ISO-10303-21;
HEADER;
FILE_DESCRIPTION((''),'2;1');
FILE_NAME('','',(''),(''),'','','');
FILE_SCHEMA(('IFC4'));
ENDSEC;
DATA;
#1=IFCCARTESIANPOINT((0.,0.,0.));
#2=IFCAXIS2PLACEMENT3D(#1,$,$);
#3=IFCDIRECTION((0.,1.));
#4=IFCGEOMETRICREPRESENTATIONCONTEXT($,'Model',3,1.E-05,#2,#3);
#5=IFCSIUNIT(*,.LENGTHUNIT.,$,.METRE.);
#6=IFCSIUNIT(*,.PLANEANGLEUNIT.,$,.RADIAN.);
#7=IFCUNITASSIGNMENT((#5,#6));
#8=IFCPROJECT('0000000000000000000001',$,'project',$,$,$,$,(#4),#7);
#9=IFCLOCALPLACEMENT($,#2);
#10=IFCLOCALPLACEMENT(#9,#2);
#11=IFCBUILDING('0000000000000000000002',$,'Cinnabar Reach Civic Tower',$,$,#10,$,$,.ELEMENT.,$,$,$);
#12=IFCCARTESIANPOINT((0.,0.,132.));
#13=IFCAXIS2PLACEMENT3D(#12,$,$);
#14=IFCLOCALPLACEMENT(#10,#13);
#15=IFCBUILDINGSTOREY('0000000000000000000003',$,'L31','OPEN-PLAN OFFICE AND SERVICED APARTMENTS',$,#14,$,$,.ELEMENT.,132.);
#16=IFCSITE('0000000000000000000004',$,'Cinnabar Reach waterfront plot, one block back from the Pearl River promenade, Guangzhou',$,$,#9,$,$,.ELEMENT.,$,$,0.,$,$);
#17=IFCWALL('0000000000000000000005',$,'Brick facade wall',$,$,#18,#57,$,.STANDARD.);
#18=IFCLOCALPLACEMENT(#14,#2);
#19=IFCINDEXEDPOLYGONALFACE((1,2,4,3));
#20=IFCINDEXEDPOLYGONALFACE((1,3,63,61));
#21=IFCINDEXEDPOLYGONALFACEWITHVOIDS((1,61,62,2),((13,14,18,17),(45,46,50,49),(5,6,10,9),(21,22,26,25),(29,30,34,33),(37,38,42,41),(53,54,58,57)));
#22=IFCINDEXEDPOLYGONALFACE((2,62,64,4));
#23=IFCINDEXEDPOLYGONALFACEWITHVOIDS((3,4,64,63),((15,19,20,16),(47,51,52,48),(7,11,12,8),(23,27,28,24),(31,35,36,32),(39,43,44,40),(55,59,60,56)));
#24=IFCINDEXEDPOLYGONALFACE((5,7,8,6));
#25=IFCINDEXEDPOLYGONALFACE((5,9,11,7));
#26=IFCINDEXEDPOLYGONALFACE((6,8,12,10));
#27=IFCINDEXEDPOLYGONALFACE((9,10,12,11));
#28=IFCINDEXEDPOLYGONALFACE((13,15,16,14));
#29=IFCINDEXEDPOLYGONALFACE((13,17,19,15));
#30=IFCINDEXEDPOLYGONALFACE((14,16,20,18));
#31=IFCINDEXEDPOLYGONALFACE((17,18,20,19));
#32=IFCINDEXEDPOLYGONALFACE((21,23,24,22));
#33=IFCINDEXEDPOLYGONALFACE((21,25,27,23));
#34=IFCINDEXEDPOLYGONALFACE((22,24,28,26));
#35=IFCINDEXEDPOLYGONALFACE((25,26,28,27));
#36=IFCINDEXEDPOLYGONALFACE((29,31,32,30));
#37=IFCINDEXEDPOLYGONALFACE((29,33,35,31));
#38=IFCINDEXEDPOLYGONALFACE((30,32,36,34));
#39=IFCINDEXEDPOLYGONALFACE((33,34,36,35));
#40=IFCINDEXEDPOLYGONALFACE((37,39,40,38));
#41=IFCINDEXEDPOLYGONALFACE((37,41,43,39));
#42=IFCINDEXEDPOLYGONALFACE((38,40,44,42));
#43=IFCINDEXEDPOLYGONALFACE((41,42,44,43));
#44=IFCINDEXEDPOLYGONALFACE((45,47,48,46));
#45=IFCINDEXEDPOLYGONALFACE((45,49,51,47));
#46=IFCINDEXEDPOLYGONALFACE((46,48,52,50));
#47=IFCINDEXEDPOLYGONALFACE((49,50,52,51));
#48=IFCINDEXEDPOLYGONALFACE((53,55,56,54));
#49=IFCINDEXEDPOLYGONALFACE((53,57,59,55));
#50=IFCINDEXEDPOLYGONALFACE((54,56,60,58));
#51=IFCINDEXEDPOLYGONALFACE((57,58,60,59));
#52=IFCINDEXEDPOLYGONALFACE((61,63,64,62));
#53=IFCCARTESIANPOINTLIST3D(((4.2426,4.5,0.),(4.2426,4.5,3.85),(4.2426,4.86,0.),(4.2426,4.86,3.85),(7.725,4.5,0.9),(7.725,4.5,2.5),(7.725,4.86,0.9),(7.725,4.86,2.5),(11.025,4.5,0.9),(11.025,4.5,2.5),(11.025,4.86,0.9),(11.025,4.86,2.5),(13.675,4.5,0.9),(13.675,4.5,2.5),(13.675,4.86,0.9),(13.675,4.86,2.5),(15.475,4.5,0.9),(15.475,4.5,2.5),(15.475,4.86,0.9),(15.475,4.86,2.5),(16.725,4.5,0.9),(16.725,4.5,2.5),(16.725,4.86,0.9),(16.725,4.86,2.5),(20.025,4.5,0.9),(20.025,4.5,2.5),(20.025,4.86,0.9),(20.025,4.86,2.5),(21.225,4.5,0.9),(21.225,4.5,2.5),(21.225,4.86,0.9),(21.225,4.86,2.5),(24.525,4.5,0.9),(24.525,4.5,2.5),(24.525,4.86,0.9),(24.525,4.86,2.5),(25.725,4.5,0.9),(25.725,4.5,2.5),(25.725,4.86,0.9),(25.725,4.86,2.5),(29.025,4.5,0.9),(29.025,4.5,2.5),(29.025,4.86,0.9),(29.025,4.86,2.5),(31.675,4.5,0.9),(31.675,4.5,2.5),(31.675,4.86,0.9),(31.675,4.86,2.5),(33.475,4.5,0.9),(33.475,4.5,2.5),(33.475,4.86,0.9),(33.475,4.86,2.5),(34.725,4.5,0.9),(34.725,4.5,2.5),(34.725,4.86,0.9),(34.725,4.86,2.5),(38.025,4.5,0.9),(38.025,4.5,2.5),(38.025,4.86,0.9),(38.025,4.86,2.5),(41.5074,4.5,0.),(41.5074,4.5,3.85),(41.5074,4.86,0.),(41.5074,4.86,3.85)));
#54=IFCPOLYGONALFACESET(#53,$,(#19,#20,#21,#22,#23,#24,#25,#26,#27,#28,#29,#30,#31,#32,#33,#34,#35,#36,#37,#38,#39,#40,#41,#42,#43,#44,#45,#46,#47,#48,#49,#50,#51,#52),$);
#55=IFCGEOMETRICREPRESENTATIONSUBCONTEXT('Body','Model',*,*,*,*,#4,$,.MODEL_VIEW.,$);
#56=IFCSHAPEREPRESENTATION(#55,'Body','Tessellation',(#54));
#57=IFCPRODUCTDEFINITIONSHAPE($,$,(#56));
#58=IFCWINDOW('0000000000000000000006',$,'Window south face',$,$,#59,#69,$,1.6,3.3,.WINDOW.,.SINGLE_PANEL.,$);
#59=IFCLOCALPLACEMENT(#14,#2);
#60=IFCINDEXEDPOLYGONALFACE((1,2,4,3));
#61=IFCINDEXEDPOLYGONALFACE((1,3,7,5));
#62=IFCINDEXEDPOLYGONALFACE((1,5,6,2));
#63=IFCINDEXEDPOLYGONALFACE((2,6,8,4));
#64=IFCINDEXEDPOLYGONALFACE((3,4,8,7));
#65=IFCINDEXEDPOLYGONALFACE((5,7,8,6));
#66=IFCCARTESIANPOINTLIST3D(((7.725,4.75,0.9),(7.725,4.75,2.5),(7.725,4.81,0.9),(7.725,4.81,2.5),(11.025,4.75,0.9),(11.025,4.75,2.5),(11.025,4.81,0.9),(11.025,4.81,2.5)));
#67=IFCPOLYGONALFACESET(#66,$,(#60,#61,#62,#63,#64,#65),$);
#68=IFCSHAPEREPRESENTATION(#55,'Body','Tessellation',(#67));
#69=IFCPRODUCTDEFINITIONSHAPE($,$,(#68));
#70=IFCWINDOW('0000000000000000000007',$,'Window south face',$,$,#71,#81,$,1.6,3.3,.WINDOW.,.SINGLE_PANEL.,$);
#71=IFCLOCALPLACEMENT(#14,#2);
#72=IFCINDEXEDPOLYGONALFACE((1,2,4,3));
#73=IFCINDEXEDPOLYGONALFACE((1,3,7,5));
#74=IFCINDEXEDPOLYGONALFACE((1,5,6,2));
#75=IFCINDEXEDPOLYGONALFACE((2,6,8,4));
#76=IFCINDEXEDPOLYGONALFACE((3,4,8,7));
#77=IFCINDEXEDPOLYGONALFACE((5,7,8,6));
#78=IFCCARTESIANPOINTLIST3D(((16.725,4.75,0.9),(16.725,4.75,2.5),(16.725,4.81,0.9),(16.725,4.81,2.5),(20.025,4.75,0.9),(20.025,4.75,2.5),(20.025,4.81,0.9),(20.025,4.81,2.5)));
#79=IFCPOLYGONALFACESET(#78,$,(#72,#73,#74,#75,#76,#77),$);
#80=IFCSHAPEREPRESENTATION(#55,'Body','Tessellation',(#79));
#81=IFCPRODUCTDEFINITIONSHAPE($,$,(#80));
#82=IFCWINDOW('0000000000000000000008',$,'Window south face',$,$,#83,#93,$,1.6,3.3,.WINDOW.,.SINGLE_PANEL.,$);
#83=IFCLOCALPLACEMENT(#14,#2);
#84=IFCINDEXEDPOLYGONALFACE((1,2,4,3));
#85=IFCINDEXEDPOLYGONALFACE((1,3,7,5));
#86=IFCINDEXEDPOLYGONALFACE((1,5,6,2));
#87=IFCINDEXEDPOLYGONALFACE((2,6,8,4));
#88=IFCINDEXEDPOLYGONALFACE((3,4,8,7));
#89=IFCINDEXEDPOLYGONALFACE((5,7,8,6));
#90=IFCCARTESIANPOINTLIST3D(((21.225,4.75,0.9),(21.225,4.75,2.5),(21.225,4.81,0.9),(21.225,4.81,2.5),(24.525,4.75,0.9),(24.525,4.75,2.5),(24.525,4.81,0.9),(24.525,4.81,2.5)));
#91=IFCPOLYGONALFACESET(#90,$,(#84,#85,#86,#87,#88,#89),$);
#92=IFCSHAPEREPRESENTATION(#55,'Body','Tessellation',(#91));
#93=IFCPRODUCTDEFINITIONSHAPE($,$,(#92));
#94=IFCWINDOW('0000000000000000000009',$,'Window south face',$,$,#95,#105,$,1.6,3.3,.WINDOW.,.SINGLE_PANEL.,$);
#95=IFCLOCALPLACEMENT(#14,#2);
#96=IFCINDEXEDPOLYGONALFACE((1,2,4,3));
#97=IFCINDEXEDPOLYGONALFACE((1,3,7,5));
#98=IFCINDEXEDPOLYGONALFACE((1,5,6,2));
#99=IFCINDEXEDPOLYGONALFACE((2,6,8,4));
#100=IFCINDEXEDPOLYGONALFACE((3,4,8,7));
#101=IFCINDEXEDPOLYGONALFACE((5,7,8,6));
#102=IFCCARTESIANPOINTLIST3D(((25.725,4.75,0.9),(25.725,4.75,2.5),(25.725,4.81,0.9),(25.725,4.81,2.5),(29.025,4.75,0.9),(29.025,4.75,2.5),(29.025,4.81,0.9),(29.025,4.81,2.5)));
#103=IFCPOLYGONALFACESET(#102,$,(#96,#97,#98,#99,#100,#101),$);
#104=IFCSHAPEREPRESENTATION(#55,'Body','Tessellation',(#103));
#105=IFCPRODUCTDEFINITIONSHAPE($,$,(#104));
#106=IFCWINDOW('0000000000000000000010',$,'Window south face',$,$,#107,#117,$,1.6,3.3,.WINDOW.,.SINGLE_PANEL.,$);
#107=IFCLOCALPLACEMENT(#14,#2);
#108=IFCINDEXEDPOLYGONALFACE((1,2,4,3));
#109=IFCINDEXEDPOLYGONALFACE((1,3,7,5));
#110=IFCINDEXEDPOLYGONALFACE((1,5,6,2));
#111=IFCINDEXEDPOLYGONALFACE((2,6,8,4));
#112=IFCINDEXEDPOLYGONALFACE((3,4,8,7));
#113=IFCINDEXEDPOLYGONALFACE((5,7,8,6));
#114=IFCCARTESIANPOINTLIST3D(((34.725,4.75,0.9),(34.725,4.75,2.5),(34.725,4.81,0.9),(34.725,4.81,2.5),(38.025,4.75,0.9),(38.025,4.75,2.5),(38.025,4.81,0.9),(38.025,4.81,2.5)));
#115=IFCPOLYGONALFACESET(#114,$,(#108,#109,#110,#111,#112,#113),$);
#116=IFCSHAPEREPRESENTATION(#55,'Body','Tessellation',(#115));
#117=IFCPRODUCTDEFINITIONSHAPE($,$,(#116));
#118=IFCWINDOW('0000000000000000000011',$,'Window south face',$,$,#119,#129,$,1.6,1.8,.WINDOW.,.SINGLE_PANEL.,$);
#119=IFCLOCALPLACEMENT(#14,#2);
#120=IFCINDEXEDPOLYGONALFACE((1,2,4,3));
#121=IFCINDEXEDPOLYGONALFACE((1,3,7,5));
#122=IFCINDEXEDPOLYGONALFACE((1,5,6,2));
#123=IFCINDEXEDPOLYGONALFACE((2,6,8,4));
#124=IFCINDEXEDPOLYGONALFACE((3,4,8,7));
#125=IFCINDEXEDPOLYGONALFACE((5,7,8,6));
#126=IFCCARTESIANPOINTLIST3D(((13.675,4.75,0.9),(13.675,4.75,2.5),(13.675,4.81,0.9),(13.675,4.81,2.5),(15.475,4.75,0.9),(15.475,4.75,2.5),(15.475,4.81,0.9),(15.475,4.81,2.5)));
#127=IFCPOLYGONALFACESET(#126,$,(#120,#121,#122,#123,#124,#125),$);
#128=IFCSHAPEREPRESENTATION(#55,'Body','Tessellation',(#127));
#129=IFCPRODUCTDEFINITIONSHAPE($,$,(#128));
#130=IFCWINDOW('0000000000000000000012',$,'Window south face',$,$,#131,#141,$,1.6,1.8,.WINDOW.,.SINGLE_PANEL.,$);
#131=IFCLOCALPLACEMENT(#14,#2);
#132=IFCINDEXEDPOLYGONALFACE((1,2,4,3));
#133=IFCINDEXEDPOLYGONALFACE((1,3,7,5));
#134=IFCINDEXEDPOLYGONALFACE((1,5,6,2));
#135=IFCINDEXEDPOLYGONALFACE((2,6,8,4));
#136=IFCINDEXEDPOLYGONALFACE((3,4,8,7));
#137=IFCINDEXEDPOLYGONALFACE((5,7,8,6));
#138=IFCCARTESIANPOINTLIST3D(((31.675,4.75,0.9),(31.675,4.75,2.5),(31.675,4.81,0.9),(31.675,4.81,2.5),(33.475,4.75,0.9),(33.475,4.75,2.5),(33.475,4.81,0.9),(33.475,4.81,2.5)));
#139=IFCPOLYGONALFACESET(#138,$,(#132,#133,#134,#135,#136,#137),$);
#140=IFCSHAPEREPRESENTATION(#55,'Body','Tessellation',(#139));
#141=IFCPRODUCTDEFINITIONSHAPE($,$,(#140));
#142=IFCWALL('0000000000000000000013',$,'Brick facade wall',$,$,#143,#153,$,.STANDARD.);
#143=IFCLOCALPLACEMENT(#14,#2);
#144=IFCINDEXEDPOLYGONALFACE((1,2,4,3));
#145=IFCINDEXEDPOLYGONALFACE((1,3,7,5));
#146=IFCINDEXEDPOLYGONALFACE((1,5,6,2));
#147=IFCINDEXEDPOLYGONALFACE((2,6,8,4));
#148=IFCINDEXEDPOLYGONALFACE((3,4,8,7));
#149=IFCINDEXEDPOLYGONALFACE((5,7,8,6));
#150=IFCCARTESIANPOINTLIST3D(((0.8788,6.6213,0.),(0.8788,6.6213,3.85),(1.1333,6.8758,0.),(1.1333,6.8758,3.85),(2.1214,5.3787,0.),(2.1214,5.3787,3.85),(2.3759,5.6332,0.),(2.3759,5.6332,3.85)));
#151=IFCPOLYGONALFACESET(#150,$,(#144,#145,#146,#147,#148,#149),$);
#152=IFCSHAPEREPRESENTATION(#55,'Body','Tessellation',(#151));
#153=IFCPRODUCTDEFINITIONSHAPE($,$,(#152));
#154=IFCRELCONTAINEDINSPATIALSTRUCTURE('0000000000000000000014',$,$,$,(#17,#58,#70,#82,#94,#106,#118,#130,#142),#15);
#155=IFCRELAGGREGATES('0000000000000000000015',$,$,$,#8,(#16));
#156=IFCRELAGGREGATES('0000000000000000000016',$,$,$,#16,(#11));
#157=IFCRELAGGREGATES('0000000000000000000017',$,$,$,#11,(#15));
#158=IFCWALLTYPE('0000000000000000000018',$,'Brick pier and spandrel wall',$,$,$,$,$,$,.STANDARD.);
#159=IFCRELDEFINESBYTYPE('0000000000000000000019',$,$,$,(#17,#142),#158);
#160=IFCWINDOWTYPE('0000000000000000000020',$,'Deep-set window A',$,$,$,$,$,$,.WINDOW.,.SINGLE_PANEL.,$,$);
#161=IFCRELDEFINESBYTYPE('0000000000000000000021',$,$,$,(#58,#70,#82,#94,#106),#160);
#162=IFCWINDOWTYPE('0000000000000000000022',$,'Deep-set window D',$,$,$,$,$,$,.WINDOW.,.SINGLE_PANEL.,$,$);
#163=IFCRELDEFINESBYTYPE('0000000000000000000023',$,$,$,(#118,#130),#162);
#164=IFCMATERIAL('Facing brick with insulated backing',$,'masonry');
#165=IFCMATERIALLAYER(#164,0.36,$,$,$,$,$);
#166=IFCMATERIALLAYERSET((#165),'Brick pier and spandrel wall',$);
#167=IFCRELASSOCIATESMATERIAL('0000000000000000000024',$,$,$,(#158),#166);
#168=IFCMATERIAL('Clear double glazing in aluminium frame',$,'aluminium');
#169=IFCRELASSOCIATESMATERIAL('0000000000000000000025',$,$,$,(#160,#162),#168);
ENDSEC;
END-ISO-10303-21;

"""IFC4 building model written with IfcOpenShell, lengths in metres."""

from ifc_helpers import new_model, si_unit, direction, frame, frame_2d, origin, place, context, subcontext, project, spatial, rectangle, extrude, material, layer, layer_set, type_object, element, fill, save


model = new_model("IFC4")

# Units and contexts
model_context = context("Model", 3, precision=1e-05, world=origin(), true_north=direction((0.0, 1.0)))
body_context = subcontext(model_context, "Body", "Model", "MODEL_VIEW")
ifc_project = project(units=[si_unit("LENGTHUNIT", "METRE"), si_unit("PLANEANGLEUNIT", "RADIAN")], contexts=[model_context])

# Site, building, storey
site_placement = place(None, origin())
site = spatial("IfcSite", under=ifc_project, at=site_placement, Name="Cinnabar Reach waterfront plot, one block back from the Pearl River promenade, Guangzhou", CompositionType="ELEMENT", RefElevation=0.0)
building_placement = place(site_placement, origin())
building = spatial("IfcBuilding", under=site, at=building_placement, Name="Cinnabar Reach Civic Tower", CompositionType="ELEMENT")
storey_placement = place(building_placement, frame((0.0, 0.0, 132.0)))
storey = spatial("IfcBuildingStorey", under=building, at=storey_placement, Name="L31", Description="OPEN-PLAN OFFICE AND SERVICED APARTMENTS", CompositionType="ELEMENT", Elevation=132.0)

# Shared definitions
ifc_material_1 = material(Name="Facing brick with insulated backing", Category="masonry")

# Wall, openings, windows
ifc_layer_1 = layer(ifc_material_1, 0.36)
ifc_layer_set_1 = layer_set([ifc_layer_1], Name="Brick pier and spandrel wall")
wall_type_1 = type_object("IfcWallType", Name="Brick pier and spandrel wall", PredefinedType="STANDARD", material=ifc_layer_set_1)
wall_1_placement = place(storey_placement, frame((4.2426, 4.68, 0.0), z_axis=(0.0, 0.0, 1.0), x_axis=(1.0, 0.0, 0.0)))
wall_1 = element("IfcWall", 1, at=wall_1_placement, inside=storey, type_object=wall_type_1, Name="Brick facade wall", PredefinedType="STANDARD", context=body_context, shape_type="SweptSolid", body=[
    extrude(rectangle(XDim=37.2648, YDim=0.36, at=frame_2d((18.6324, 0.0))), origin(), (0.0, 0.0, 1.0), 3.85),
])
opening_1_placement = place(wall_1_placement, frame((3.4824, 0.0, 0.9)))
opening_1 = element("IfcOpeningElement", 2, at=opening_1_placement, cuts=wall_1, PredefinedType="OPENING", context=body_context, shape_type="SweptSolid", body=[
    extrude(rectangle(XDim=3.3, YDim=1.6, at=frame_2d((1.65, 0.8))), frame((0.0, 0.19, 0.0), z_axis=(0.0, -1.0, 0.0), x_axis=(1.0, 0.0, 0.0)), (0.0, 0.0, 1.0), 0.38),
])
opening_2_placement = place(wall_1_placement, frame((9.4324, 0.0, 0.9)))
opening_2 = element("IfcOpeningElement", 3, at=opening_2_placement, cuts=wall_1, PredefinedType="OPENING", context=body_context, shape_type="SweptSolid", body=[
    extrude(rectangle(XDim=1.8, YDim=1.6, at=frame_2d((0.9, 0.8))), frame((0.0, 0.19, 0.0), z_axis=(0.0, -1.0, 0.0), x_axis=(1.0, 0.0, 0.0)), (0.0, 0.0, 1.0), 0.38),
])
opening_3_placement = place(wall_1_placement, frame((12.4824, 0.0, 0.9)))
opening_3 = element("IfcOpeningElement", 4, at=opening_3_placement, cuts=wall_1, PredefinedType="OPENING", context=body_context, shape_type="SweptSolid", body=[
    extrude(rectangle(XDim=3.3, YDim=1.6, at=frame_2d((1.65, 0.8))), frame((0.0, 0.19, 0.0), z_axis=(0.0, -1.0, 0.0), x_axis=(1.0, 0.0, 0.0)), (0.0, 0.0, 1.0), 0.38),
])
opening_4_placement = place(wall_1_placement, frame((16.9824, 0.0, 0.9)))
opening_4 = element("IfcOpeningElement", 5, at=opening_4_placement, cuts=wall_1, PredefinedType="OPENING", context=body_context, shape_type="SweptSolid", body=[
    extrude(rectangle(XDim=3.3, YDim=1.6, at=frame_2d((1.65, 0.8))), frame((0.0, 0.19, 0.0), z_axis=(0.0, -1.0, 0.0), x_axis=(1.0, 0.0, 0.0)), (0.0, 0.0, 1.0), 0.38),
])
opening_5_placement = place(wall_1_placement, frame((21.4824, 0.0, 0.9)))
opening_5 = element("IfcOpeningElement", 6, at=opening_5_placement, cuts=wall_1, PredefinedType="OPENING", context=body_context, shape_type="SweptSolid", body=[
    extrude(rectangle(XDim=3.3, YDim=1.6, at=frame_2d((1.65, 0.8))), frame((0.0, 0.19, 0.0), z_axis=(0.0, -1.0, 0.0), x_axis=(1.0, 0.0, 0.0)), (0.0, 0.0, 1.0), 0.38),
])
opening_6_placement = place(wall_1_placement, frame((27.4324, 0.0, 0.9)))
opening_6 = element("IfcOpeningElement", 7, at=opening_6_placement, cuts=wall_1, PredefinedType="OPENING", context=body_context, shape_type="SweptSolid", body=[
    extrude(rectangle(XDim=1.8, YDim=1.6, at=frame_2d((0.9, 0.8))), frame((0.0, 0.19, 0.0), z_axis=(0.0, -1.0, 0.0), x_axis=(1.0, 0.0, 0.0)), (0.0, 0.0, 1.0), 0.38),
])
opening_7_placement = place(wall_1_placement, frame((30.4824, 0.0, 0.9)))
opening_7 = element("IfcOpeningElement", 8, at=opening_7_placement, cuts=wall_1, PredefinedType="OPENING", context=body_context, shape_type="SweptSolid", body=[
    extrude(rectangle(XDim=3.3, YDim=1.6, at=frame_2d((1.65, 0.8))), frame((0.0, 0.19, 0.0), z_axis=(0.0, -1.0, 0.0), x_axis=(1.0, 0.0, 0.0)), (0.0, 0.0, 1.0), 0.38),
])
ifc_material_2 = material(Name="Clear double glazing in aluminium frame", Category="aluminium")
window_type_1 = type_object("IfcWindowType", Name="Deep-set window A", PartitioningType="SINGLE_PANEL", PredefinedType="WINDOW", material=ifc_material_2)
window_1_placement = place(opening_1_placement, origin())
window_1 = element("IfcWindow", 9, at=window_1_placement, inside=storey, type_object=window_type_1, Name="Window south face", OverallHeight=1.6, OverallWidth=3.3, PartitioningType="SINGLE_PANEL", PredefinedType="WINDOW", context=body_context, shape_type="SweptSolid", body=[
    extrude(rectangle(XDim=3.3, YDim=1.6, at=frame_2d((1.65, 0.8))), frame((0.0, 0.13, 0.0), z_axis=(0.0, -1.0, 0.0), x_axis=(1.0, 0.0, 0.0)), (0.0, 0.0, 1.0), 0.06),
])
fill(opening_1, window_1)
window_2_placement = place(opening_3_placement, origin())
window_2 = element("IfcWindow", 10, at=window_2_placement, inside=storey, type_object=window_type_1, Name="Window south face", OverallHeight=1.6, OverallWidth=3.3, PartitioningType="SINGLE_PANEL", PredefinedType="WINDOW", context=body_context, shape_type="SweptSolid", body=[
    extrude(rectangle(XDim=3.3, YDim=1.6, at=frame_2d((1.65, 0.8))), frame((0.0, 0.13, 0.0), z_axis=(0.0, -1.0, 0.0), x_axis=(1.0, 0.0, 0.0)), (0.0, 0.0, 1.0), 0.06),
])
fill(opening_3, window_2)
window_3_placement = place(opening_4_placement, origin())
window_3 = element("IfcWindow", 11, at=window_3_placement, inside=storey, type_object=window_type_1, Name="Window south face", OverallHeight=1.6, OverallWidth=3.3, PartitioningType="SINGLE_PANEL", PredefinedType="WINDOW", context=body_context, shape_type="SweptSolid", body=[
    extrude(rectangle(XDim=3.3, YDim=1.6, at=frame_2d((1.65, 0.8))), frame((0.0, 0.13, 0.0), z_axis=(0.0, -1.0, 0.0), x_axis=(1.0, 0.0, 0.0)), (0.0, 0.0, 1.0), 0.06),
])
fill(opening_4, window_3)
window_4_placement = place(opening_5_placement, origin())
window_4 = element("IfcWindow", 12, at=window_4_placement, inside=storey, type_object=window_type_1, Name="Window south face", OverallHeight=1.6, OverallWidth=3.3, PartitioningType="SINGLE_PANEL", PredefinedType="WINDOW", context=body_context, shape_type="SweptSolid", body=[
    extrude(rectangle(XDim=3.3, YDim=1.6, at=frame_2d((1.65, 0.8))), frame((0.0, 0.13, 0.0), z_axis=(0.0, -1.0, 0.0), x_axis=(1.0, 0.0, 0.0)), (0.0, 0.0, 1.0), 0.06),
])
fill(opening_5, window_4)
window_5_placement = place(opening_7_placement, origin())
window_5 = element("IfcWindow", 13, at=window_5_placement, inside=storey, type_object=window_type_1, Name="Window south face", OverallHeight=1.6, OverallWidth=3.3, PartitioningType="SINGLE_PANEL", PredefinedType="WINDOW", context=body_context, shape_type="SweptSolid", body=[
    extrude(rectangle(XDim=3.3, YDim=1.6, at=frame_2d((1.65, 0.8))), frame((0.0, 0.13, 0.0), z_axis=(0.0, -1.0, 0.0), x_axis=(1.0, 0.0, 0.0)), (0.0, 0.0, 1.0), 0.06),
])
fill(opening_7, window_5)
window_type_2 = type_object("IfcWindowType", Name="Deep-set window D", PartitioningType="SINGLE_PANEL", PredefinedType="WINDOW", material=ifc_material_2)
window_6_placement = place(opening_2_placement, origin())
window_6 = element("IfcWindow", 14, at=window_6_placement, inside=storey, type_object=window_type_2, Name="Window south face", OverallHeight=1.6, OverallWidth=1.8, PartitioningType="SINGLE_PANEL", PredefinedType="WINDOW", context=body_context, shape_type="SweptSolid", body=[
    extrude(rectangle(XDim=1.8, YDim=1.6, at=frame_2d((0.9, 0.8))), frame((0.0, 0.13, 0.0), z_axis=(0.0, -1.0, 0.0), x_axis=(1.0, 0.0, 0.0)), (0.0, 0.0, 1.0), 0.06),
])
fill(opening_2, window_6)
window_7_placement = place(opening_6_placement, origin())
window_7 = element("IfcWindow", 15, at=window_7_placement, inside=storey, type_object=window_type_2, Name="Window south face", OverallHeight=1.6, OverallWidth=1.8, PartitioningType="SINGLE_PANEL", PredefinedType="WINDOW", context=body_context, shape_type="SweptSolid", body=[
    extrude(rectangle(XDim=1.8, YDim=1.6, at=frame_2d((0.9, 0.8))), frame((0.0, 0.13, 0.0), z_axis=(0.0, -1.0, 0.0), x_axis=(1.0, 0.0, 0.0)), (0.0, 0.0, 1.0), 0.06),
])
fill(opening_6, window_7)

# Wall
wall_2_placement = place(storey_placement, frame((1.006, 6.7486, 0.0), z_axis=(0.0, 0.0, 1.0), x_axis=(0.707107, -0.707107, 0.0)))
element("IfcWall", 16, at=wall_2_placement, inside=storey, type_object=wall_type_1, Name="Brick facade wall", PredefinedType="STANDARD", context=body_context, shape_type="SweptSolid", body=[
    extrude(rectangle(XDim=1.7573, YDim=0.36, at=frame_2d((0.8787, 0.0))), origin(), (0.0, 0.0, 1.0), 3.85),
])

save(model, "model.ifc")
